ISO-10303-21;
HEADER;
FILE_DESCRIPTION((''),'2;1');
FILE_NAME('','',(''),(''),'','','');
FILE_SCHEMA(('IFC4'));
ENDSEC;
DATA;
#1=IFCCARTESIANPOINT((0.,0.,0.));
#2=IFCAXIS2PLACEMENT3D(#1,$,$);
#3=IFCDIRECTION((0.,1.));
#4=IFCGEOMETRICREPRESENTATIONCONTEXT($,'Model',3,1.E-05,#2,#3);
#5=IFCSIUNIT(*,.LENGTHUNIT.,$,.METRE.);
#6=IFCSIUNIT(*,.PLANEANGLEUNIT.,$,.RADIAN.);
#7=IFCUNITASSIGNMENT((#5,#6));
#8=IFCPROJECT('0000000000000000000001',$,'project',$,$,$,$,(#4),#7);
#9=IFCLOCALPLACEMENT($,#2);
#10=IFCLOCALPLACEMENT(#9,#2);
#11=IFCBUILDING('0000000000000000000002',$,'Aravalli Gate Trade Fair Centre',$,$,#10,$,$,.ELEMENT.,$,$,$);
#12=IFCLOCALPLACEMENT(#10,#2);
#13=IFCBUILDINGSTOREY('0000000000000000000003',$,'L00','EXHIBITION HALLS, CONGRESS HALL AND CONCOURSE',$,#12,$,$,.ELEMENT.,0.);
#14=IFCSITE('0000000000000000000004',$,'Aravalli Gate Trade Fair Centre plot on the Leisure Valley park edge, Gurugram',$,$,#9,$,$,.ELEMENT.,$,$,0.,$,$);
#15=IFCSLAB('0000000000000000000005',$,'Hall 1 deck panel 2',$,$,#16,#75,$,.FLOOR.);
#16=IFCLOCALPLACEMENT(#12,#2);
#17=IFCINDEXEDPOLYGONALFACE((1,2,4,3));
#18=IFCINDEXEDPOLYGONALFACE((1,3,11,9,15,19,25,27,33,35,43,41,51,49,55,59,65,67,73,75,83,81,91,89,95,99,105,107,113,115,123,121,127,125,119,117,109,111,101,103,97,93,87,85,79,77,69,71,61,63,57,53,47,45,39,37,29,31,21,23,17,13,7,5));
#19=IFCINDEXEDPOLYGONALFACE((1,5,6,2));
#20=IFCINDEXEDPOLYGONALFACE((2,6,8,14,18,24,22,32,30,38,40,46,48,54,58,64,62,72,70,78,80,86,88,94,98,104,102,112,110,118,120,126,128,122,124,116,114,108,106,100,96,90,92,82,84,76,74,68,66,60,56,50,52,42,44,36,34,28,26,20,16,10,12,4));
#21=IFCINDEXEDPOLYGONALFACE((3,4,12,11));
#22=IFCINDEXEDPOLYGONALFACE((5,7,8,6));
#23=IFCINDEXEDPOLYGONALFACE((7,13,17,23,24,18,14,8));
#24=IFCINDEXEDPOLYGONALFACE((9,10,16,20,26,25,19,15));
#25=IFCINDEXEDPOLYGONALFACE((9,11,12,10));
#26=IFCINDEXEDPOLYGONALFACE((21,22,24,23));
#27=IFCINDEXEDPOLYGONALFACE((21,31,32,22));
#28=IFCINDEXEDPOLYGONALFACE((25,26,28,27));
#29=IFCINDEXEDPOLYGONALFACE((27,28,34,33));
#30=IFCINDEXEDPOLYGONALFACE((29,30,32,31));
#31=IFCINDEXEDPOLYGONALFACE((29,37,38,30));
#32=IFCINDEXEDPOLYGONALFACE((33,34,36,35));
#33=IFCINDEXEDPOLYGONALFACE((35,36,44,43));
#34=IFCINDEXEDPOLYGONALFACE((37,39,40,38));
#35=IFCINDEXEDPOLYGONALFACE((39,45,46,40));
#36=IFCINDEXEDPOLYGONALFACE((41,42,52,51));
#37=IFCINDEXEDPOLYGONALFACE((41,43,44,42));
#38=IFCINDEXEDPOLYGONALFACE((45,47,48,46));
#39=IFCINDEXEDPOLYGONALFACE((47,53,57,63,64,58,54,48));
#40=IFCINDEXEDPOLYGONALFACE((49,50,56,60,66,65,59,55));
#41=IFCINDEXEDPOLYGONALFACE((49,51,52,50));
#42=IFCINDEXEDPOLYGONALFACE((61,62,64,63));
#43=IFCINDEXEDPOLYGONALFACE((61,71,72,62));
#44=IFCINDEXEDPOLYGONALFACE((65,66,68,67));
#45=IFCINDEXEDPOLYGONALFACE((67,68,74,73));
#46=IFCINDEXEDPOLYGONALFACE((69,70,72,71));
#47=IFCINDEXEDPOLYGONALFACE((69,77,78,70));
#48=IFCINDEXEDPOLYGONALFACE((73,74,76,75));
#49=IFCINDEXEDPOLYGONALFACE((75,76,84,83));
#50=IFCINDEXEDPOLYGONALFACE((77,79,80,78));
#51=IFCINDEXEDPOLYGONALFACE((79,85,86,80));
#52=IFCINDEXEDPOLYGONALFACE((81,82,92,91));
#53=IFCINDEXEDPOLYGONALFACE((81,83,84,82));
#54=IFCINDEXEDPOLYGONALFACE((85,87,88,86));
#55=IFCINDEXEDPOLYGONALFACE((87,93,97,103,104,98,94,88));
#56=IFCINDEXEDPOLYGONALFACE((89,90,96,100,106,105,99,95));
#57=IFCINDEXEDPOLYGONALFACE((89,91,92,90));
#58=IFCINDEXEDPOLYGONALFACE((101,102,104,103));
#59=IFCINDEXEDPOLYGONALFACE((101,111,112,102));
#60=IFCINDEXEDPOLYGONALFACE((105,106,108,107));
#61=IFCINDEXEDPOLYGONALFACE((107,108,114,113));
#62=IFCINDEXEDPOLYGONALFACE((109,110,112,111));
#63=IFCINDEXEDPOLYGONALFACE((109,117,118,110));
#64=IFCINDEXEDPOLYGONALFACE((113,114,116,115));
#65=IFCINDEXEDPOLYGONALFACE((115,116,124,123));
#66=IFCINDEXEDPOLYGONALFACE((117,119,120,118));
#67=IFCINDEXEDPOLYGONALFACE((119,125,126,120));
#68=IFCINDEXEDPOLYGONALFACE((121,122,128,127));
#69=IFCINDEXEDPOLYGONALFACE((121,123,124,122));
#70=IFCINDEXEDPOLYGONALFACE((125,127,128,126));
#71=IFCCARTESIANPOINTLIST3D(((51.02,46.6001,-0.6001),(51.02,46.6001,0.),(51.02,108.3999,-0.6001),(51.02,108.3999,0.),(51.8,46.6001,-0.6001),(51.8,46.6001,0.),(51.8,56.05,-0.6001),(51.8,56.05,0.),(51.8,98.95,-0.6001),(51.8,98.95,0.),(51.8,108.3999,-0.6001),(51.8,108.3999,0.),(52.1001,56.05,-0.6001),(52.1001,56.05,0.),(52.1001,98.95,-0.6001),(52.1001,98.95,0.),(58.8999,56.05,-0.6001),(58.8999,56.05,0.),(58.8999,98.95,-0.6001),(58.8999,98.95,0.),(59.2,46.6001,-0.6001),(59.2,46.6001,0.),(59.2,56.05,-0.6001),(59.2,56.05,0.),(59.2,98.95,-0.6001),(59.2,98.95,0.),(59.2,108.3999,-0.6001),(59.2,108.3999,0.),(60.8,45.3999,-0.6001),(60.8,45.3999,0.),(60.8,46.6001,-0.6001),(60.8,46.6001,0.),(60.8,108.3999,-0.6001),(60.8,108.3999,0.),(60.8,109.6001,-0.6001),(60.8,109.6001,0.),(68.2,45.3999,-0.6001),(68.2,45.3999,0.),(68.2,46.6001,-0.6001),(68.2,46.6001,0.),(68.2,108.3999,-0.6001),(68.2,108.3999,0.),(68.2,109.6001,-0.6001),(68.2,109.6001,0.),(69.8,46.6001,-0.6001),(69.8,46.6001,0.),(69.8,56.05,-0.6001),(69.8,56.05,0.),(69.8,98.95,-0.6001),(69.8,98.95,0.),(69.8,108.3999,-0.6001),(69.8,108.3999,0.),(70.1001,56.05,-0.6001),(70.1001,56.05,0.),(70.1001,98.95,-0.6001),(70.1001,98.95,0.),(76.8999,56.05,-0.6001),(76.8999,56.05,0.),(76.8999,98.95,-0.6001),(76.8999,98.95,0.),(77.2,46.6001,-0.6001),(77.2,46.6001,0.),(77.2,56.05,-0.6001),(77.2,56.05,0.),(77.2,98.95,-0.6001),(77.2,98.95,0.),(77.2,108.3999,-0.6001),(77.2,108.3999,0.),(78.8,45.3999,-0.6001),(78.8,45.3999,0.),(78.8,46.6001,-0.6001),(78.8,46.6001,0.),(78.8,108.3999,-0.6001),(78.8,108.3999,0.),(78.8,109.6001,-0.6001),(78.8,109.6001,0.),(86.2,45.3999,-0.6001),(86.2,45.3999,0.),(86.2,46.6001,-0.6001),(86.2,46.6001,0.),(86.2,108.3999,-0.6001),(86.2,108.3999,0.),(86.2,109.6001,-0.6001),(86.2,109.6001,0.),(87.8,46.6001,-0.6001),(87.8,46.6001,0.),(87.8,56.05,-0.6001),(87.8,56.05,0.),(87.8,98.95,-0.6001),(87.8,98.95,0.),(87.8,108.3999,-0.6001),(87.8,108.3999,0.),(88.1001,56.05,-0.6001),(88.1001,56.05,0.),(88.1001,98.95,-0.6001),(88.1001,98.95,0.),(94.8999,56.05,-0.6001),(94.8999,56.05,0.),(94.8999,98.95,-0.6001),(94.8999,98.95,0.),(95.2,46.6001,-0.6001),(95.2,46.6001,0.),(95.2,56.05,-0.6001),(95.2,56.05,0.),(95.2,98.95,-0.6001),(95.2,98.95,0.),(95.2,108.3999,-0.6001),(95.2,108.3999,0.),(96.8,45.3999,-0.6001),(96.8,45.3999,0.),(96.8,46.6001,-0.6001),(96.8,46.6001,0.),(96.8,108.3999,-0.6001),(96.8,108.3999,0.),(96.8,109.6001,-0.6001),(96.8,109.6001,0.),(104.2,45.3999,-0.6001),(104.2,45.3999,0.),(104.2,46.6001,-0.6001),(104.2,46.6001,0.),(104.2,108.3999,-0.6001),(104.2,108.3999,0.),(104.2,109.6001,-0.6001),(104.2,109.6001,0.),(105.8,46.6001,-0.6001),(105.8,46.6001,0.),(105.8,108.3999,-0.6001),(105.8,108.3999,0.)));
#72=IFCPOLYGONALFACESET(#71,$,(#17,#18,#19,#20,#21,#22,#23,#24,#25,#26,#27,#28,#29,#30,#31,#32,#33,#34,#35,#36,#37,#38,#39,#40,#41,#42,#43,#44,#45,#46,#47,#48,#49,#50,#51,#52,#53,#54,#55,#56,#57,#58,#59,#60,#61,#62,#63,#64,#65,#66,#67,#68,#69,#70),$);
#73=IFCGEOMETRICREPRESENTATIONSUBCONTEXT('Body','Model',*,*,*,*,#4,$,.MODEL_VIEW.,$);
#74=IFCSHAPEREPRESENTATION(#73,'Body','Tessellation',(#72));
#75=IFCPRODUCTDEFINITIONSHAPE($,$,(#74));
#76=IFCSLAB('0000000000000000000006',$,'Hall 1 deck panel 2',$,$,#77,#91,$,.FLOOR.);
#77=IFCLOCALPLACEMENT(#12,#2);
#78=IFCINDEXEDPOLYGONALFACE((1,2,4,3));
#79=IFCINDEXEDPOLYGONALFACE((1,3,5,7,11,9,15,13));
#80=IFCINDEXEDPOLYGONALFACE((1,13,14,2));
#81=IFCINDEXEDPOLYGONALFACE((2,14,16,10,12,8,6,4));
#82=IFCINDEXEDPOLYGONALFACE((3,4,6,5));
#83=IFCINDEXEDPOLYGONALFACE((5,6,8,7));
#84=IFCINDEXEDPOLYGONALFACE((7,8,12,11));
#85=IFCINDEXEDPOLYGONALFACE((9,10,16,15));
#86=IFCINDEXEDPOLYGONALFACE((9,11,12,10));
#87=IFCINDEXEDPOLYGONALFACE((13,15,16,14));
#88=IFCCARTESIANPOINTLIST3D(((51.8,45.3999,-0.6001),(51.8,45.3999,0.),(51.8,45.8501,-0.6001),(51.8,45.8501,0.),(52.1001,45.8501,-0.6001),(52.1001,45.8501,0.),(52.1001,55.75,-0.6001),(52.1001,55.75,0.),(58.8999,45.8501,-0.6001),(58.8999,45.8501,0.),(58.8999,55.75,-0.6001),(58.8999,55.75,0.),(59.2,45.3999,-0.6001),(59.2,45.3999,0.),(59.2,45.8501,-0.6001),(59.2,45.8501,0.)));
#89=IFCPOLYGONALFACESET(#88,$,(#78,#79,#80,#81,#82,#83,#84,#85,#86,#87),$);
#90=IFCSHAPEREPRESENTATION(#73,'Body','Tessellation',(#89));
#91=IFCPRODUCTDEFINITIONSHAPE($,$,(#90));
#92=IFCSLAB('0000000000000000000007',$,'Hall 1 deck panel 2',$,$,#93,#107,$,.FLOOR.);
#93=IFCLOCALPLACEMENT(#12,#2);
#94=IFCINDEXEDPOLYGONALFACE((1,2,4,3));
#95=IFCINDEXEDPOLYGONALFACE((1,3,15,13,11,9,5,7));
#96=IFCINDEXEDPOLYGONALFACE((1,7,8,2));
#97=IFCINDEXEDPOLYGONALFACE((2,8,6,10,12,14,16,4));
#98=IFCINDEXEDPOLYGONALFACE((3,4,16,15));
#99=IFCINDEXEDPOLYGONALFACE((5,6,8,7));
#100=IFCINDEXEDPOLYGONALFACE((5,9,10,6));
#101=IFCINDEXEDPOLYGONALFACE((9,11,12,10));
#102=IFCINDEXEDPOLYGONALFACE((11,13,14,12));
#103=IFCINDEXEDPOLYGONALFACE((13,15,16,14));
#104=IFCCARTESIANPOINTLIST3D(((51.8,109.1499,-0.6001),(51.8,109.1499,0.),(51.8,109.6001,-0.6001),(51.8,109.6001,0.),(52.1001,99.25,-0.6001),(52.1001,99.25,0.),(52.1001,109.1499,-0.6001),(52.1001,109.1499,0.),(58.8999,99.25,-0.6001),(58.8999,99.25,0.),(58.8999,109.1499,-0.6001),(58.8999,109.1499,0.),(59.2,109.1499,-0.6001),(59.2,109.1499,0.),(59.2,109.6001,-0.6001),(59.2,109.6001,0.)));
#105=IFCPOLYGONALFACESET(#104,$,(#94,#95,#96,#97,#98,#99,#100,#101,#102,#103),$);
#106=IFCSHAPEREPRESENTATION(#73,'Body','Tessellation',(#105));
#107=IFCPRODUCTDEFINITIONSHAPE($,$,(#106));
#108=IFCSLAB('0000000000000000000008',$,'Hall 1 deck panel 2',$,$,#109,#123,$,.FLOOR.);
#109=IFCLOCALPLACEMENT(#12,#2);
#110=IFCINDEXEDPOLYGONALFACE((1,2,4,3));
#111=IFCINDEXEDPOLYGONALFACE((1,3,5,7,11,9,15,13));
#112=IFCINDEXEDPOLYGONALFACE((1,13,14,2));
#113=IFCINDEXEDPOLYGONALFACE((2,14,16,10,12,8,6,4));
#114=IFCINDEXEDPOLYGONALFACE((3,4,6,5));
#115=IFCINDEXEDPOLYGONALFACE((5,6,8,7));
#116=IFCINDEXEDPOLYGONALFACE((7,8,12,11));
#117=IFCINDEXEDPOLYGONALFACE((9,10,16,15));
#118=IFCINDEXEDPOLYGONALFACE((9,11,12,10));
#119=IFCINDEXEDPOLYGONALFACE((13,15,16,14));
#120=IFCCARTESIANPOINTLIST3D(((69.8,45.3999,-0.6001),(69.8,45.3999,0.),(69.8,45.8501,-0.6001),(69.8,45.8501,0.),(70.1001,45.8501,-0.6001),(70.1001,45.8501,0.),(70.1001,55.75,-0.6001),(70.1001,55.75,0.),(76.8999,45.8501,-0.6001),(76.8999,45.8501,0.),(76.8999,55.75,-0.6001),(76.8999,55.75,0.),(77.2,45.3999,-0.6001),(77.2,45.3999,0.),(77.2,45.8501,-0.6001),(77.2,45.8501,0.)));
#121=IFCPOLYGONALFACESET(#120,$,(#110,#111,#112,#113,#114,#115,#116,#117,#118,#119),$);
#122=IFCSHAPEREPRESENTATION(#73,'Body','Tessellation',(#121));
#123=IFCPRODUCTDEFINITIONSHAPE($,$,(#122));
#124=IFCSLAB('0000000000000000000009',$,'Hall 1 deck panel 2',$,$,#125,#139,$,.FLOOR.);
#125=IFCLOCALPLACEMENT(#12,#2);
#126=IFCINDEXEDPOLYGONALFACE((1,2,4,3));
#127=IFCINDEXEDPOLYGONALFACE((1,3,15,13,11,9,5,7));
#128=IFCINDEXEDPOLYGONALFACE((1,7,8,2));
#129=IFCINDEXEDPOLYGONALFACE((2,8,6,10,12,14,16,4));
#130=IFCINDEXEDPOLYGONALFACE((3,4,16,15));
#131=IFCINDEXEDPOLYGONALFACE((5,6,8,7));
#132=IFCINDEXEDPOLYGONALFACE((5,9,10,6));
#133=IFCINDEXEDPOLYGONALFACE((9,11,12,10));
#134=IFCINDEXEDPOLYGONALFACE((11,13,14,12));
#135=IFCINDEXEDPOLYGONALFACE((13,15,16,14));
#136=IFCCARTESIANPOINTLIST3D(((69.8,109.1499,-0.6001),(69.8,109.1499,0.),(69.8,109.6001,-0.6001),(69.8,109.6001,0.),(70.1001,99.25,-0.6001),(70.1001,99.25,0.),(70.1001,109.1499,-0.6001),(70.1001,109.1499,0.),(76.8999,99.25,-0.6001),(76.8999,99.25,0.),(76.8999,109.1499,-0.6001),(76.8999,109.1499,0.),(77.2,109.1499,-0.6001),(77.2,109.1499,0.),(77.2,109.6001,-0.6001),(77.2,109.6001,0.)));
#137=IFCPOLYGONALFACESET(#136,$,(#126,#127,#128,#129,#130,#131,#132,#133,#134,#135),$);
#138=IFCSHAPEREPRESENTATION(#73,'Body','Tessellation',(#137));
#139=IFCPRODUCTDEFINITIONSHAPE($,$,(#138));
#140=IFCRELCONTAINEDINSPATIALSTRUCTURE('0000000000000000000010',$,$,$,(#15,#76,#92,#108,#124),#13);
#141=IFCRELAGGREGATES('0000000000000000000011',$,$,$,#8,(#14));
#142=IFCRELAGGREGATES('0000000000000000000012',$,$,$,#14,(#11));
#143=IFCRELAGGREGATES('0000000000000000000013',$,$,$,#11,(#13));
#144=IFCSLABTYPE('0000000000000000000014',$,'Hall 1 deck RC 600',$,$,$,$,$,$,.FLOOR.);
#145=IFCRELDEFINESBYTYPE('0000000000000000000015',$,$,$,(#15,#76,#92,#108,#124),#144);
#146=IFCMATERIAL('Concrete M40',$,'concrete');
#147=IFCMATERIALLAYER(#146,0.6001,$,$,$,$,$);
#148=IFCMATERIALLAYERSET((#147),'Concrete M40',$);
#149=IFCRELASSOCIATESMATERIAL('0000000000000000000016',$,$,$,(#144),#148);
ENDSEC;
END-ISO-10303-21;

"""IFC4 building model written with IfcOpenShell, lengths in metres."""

from ifc_helpers import new_model, si_unit, direction, frame, origin, place, context, subcontext, project, spatial, polyline, outline, extrude, material, layer, layer_set, type_object, element, save


model = new_model("IFC4")

# Units and contexts
model_context = context("Model", 3, precision=1e-05, world=origin(), true_north=direction((0.0, 1.0)))
body_context = subcontext(model_context, "Body", "Model", "MODEL_VIEW")
ifc_project = project(units=[si_unit("LENGTHUNIT", "METRE"), si_unit("PLANEANGLEUNIT", "RADIAN")], contexts=[model_context])

# Site, building, storey
site_placement = place(None, origin())
site = spatial("IfcSite", under=ifc_project, at=site_placement, Name="Aravalli Gate Trade Fair Centre plot on the Leisure Valley park edge, Gurugram", CompositionType="ELEMENT", RefElevation=0.0)
building_placement = place(site_placement, origin())
building = spatial("IfcBuilding", under=site, at=building_placement, Name="Aravalli Gate Trade Fair Centre", CompositionType="ELEMENT")
storey_placement = place(building_placement, origin())
storey = spatial("IfcBuildingStorey", under=building, at=storey_placement, Name="L00", Description="EXHIBITION HALLS, CONGRESS HALL AND CONCOURSE", CompositionType="ELEMENT", Elevation=0.0)

# Shared definitions
ifc_material_1 = material(Name="Concrete M40", Category="concrete")

# Slabs
ifc_layer_1 = layer(ifc_material_1, 0.6001)
ifc_layer_set_1 = layer_set([ifc_layer_1], Name="Concrete M40")
slab_type = type_object("IfcSlabType", Name="Hall 1 deck RC 600", PredefinedType="FLOOR", material=ifc_layer_set_1)
slab_1_placement = place(storey_placement, frame((0.0, 0.0, -0.6001)))
element("IfcSlab", 1, at=slab_1_placement, inside=storey, type_object=slab_type, Name="Hall 1 deck panel 2", PredefinedType="FLOOR", context=body_context, shape_type="SweptSolid", body=[
    extrude(outline(polyline([(104.2, 46.6001), (104.2, 45.3999), (96.8, 45.3999), (96.8, 46.6001), (95.2, 46.6001), (95.2, 56.05), (94.8999, 56.05), (88.1001, 56.05), (87.8, 56.05), (87.8, 46.6001), (86.2, 46.6001), (86.2, 45.3999), (78.8, 45.3999), (78.8, 46.6001), (77.2, 46.6001), (77.2, 56.05), (76.8999, 56.05), (70.1001, 56.05), (69.8, 56.05), (69.8, 46.6001), (68.2, 46.6001), (68.2, 45.3999), (60.8, 45.3999), (60.8, 46.6001), (59.2, 46.6001), (59.2, 56.05), (58.8999, 56.05), (52.1001, 56.05), (51.8, 56.05), (51.8, 46.6001), (51.02, 46.6001), (51.02, 108.3999), (51.8, 108.3999), (51.8, 98.95), (52.1001, 98.95), (58.8999, 98.95), (59.2, 98.95), (59.2, 108.3999), (60.8, 108.3999), (60.8, 109.6001), (68.2, 109.6001), (68.2, 108.3999), (69.8, 108.3999), (69.8, 98.95), (70.1001, 98.95), (76.8999, 98.95), (77.2, 98.95), (77.2, 108.3999), (78.8, 108.3999), (78.8, 109.6001), (86.2, 109.6001), (86.2, 108.3999), (87.8, 108.3999), (87.8, 98.95), (88.1001, 98.95), (94.8999, 98.95), (95.2, 98.95), (95.2, 108.3999), (96.8, 108.3999), (96.8, 109.6001), (104.2, 109.6001), (104.2, 108.3999), (105.8, 108.3999), (105.8, 46.6001), (104.2, 46.6001)])), origin(), (0.0, 0.0, 1.0), 0.6001),
])
slab_2_placement = place(storey_placement, frame((0.0, 0.0, -0.6001)))
element("IfcSlab", 2, at=slab_2_placement, inside=storey, type_object=slab_type, Name="Hall 1 deck panel 2", PredefinedType="FLOOR", context=body_context, shape_type="SweptSolid", body=[
    extrude(outline(polyline([(59.2, 45.3999), (51.8, 45.3999), (51.8, 45.8501), (52.1001, 45.8501), (52.1001, 55.75), (58.8999, 55.75), (58.8999, 45.8501), (59.2, 45.8501), (59.2, 45.3999)])), origin(), (0.0, 0.0, 1.0), 0.6001),
])
slab_3_placement = place(storey_placement, frame((0.0, 0.0, -0.6001)))
element("IfcSlab", 3, at=slab_3_placement, inside=storey, type_object=slab_type, Name="Hall 1 deck panel 2", PredefinedType="FLOOR", context=body_context, shape_type="SweptSolid", body=[
    extrude(outline(polyline([(51.8, 109.6001), (59.2, 109.6001), (59.2, 109.1499), (58.8999, 109.1499), (58.8999, 99.25), (52.1001, 99.25), (52.1001, 109.1499), (51.8, 109.1499), (51.8, 109.6001)])), origin(), (0.0, 0.0, 1.0), 0.6001),
])
slab_4_placement = place(storey_placement, frame((0.0, 0.0, -0.6001)))
element("IfcSlab", 4, at=slab_4_placement, inside=storey, type_object=slab_type, Name="Hall 1 deck panel 2", PredefinedType="FLOOR", context=body_context, shape_type="SweptSolid", body=[
    extrude(outline(polyline([(77.2, 45.3999), (69.8, 45.3999), (69.8, 45.8501), (70.1001, 45.8501), (70.1001, 55.75), (76.8999, 55.75), (76.8999, 45.8501), (77.2, 45.8501), (77.2, 45.3999)])), origin(), (0.0, 0.0, 1.0), 0.6001),
])
slab_5_placement = place(storey_placement, frame((0.0, 0.0, -0.6001)))
element("IfcSlab", 5, at=slab_5_placement, inside=storey, type_object=slab_type, Name="Hall 1 deck panel 2", PredefinedType="FLOOR", context=body_context, shape_type="SweptSolid", body=[
    extrude(outline(polyline([(69.8, 109.6001), (77.2, 109.6001), (77.2, 109.1499), (76.8999, 109.1499), (76.8999, 99.25), (70.1001, 99.25), (70.1001, 109.1499), (69.8, 109.1499), (69.8, 109.6001)])), origin(), (0.0, 0.0, 1.0), 0.6001),
])

save(model, "model.ifc")
